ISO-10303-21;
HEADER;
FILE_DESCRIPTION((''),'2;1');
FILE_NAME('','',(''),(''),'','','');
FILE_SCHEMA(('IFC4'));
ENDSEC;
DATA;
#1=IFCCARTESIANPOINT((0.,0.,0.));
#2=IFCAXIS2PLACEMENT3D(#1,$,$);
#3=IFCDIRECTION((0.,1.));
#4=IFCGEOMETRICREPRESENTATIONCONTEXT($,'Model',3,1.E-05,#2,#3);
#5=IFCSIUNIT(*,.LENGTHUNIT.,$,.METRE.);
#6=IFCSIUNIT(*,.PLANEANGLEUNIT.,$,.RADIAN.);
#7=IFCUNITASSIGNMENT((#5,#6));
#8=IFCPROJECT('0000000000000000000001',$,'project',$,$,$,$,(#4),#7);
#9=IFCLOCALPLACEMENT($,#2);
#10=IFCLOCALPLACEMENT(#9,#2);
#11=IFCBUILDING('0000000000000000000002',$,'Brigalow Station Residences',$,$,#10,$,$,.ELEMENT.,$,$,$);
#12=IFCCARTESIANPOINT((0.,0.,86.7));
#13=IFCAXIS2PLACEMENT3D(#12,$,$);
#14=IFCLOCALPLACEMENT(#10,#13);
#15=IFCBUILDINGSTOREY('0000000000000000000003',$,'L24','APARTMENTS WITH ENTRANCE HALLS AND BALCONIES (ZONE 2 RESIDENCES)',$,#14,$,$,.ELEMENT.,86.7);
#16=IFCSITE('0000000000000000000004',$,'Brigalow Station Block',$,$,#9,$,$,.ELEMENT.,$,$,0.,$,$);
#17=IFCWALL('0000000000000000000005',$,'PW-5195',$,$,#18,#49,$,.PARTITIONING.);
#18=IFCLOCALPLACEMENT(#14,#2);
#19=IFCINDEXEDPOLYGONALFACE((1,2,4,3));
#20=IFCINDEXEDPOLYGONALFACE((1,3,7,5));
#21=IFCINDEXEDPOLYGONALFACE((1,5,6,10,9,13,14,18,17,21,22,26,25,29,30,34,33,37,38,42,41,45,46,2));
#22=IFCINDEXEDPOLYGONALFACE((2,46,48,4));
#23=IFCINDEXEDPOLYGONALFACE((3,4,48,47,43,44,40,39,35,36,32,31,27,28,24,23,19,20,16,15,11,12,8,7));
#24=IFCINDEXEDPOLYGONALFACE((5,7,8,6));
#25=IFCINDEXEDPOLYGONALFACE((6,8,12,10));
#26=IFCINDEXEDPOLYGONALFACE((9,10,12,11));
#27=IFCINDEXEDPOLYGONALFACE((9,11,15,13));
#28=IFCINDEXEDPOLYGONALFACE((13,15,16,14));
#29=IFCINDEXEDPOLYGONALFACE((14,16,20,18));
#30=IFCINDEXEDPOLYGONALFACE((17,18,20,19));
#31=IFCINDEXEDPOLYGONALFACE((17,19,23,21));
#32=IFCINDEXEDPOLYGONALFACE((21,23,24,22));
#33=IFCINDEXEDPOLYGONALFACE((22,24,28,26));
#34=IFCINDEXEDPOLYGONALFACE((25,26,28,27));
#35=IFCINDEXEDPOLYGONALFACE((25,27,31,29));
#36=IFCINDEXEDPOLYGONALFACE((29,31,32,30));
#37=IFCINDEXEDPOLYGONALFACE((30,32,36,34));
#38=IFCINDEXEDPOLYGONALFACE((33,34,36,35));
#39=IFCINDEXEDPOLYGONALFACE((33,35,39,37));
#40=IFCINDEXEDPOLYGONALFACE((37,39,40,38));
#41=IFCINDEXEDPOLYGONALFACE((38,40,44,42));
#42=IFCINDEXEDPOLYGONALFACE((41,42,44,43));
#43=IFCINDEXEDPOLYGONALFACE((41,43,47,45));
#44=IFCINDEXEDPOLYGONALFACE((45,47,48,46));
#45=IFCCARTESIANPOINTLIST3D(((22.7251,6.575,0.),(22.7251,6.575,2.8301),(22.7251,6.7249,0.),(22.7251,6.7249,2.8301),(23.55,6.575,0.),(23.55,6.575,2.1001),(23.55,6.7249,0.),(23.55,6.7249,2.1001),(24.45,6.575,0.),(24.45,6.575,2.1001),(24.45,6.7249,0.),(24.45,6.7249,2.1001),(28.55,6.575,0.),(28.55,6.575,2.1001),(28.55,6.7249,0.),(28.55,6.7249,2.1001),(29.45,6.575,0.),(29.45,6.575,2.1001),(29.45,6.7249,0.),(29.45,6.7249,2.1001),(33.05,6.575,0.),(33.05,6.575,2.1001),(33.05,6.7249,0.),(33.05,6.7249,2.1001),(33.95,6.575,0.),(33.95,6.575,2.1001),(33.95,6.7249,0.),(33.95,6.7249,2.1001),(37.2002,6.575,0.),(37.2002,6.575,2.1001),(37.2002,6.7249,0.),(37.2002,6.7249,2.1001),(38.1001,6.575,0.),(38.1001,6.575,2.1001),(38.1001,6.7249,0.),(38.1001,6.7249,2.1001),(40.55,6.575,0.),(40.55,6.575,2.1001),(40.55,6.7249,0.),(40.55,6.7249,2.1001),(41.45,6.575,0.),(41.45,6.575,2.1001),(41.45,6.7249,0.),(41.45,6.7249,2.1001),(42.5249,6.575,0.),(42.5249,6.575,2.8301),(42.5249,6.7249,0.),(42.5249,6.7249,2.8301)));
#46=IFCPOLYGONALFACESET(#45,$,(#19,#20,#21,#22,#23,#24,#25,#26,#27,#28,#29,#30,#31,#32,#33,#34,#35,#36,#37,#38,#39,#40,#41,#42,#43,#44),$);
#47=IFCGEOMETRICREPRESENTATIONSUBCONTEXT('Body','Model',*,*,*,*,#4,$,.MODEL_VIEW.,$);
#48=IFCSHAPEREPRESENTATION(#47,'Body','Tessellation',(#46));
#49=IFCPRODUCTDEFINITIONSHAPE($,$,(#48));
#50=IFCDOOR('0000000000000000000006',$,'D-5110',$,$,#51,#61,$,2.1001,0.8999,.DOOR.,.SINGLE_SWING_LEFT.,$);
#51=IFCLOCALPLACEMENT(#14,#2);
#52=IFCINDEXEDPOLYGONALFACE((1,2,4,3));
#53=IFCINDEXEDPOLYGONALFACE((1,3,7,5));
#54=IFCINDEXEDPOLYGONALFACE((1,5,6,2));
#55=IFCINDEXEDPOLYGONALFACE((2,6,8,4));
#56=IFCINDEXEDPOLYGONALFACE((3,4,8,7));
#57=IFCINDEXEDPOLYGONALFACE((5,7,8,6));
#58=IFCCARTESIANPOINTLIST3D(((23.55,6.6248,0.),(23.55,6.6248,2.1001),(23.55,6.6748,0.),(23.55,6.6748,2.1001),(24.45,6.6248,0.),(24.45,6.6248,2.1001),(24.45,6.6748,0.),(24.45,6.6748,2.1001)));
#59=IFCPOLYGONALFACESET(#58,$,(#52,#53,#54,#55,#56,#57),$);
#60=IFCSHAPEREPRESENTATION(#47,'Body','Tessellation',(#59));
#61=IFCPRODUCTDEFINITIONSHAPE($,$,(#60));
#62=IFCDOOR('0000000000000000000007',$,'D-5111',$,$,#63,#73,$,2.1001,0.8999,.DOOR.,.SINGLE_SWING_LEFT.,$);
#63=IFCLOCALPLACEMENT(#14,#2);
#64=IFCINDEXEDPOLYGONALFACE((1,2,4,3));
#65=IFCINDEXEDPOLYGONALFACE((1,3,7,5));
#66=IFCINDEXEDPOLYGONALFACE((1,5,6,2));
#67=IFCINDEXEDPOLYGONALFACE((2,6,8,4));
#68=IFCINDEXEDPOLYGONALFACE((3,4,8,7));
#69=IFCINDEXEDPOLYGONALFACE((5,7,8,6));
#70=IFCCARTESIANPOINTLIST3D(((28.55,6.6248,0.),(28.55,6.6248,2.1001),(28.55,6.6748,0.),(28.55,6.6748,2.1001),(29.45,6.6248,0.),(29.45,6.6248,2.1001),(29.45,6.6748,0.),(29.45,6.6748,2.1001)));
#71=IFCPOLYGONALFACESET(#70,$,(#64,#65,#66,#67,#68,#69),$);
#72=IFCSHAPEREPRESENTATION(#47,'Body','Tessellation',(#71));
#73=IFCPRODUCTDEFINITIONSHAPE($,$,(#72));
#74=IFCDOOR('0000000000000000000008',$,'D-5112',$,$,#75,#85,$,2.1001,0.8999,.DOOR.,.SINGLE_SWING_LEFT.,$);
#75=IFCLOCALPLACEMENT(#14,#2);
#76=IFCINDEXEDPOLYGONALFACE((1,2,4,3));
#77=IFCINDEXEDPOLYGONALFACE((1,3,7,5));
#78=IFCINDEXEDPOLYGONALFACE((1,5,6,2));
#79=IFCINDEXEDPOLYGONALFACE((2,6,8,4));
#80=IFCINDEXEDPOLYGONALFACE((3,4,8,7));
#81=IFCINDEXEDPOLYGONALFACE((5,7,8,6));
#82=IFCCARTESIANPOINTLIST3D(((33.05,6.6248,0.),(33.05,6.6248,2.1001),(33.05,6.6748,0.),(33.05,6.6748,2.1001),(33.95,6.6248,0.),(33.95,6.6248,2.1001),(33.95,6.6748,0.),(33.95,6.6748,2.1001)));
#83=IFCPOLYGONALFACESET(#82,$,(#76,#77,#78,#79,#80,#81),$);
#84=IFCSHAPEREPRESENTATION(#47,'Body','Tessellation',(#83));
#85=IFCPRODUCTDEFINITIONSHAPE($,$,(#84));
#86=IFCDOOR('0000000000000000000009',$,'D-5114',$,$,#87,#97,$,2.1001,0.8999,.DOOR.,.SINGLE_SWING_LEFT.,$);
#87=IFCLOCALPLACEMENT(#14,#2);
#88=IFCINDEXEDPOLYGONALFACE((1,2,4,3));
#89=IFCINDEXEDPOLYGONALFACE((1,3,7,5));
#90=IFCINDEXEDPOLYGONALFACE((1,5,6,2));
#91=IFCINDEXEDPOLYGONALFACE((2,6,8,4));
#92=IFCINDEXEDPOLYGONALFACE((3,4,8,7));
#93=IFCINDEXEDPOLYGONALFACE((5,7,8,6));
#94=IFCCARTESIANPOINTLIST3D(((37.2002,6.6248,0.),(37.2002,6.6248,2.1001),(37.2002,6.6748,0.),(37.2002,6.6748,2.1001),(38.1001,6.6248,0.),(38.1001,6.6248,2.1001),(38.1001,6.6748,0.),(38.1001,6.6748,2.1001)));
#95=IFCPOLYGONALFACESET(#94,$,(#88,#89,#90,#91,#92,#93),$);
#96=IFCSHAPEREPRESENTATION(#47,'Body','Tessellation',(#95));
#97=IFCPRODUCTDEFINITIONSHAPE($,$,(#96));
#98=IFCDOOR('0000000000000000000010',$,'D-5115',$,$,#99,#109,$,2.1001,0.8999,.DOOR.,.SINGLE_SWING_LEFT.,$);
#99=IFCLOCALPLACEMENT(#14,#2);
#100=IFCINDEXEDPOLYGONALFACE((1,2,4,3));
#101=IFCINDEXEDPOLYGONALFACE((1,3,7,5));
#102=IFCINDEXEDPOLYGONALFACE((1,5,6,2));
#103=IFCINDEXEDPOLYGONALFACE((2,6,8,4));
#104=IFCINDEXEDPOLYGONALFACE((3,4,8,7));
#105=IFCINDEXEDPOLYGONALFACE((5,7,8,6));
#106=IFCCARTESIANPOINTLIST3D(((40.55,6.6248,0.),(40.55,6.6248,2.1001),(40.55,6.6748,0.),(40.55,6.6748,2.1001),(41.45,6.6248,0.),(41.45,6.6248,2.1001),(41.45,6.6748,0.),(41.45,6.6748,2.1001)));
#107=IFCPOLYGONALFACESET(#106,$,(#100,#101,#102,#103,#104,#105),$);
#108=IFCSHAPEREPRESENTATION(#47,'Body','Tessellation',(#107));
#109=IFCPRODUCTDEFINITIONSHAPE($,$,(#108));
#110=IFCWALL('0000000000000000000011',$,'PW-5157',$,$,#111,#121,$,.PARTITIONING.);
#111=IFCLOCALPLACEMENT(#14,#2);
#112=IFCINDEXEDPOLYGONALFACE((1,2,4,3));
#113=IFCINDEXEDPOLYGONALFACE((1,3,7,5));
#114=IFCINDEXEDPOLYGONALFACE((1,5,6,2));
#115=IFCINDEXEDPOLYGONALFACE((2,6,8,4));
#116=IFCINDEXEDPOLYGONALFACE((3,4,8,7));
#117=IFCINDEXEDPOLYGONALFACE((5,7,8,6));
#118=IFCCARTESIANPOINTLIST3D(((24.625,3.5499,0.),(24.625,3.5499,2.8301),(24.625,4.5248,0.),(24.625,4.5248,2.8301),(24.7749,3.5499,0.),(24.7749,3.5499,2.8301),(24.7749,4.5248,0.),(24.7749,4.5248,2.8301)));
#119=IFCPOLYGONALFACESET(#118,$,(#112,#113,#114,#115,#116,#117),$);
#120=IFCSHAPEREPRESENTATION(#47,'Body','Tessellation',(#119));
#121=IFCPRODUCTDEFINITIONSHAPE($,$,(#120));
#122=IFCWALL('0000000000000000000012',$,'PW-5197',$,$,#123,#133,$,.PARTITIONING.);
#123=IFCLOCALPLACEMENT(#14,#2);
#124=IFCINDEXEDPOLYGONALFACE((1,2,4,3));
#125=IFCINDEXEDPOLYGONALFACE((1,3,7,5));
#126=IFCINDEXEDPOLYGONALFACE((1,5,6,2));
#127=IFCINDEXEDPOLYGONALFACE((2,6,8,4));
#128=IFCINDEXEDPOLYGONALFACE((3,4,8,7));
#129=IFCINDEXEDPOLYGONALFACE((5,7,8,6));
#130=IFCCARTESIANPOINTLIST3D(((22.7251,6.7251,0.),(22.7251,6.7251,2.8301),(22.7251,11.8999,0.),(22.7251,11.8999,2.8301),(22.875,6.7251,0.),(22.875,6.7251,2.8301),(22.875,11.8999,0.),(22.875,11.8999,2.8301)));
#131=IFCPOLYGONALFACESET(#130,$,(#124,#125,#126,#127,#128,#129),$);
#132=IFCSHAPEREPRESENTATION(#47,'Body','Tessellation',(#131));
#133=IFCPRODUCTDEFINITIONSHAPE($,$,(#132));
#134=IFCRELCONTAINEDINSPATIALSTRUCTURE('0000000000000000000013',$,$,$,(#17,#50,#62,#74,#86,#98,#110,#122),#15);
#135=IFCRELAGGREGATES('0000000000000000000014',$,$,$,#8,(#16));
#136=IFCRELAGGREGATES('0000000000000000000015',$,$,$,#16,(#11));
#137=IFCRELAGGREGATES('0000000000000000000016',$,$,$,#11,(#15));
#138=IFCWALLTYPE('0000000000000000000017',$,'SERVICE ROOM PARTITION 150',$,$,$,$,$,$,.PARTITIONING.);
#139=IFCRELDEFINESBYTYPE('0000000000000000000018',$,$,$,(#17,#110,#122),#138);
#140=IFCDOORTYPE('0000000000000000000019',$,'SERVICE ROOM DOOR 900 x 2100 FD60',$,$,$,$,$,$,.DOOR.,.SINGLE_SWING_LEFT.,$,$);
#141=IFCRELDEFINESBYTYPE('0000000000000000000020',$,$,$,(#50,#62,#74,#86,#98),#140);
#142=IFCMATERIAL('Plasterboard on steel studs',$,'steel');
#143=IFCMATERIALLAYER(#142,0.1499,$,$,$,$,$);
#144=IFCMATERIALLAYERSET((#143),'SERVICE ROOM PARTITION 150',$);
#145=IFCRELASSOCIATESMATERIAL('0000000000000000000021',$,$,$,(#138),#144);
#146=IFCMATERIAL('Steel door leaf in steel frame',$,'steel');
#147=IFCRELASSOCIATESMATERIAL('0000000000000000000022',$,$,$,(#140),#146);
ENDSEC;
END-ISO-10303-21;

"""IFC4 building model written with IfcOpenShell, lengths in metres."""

from ifc_helpers import new_model, si_unit, direction, frame, frame_2d, origin, place, context, subcontext, project, spatial, rectangle, extrude, material, layer, layer_set, type_object, element, fill, save


model = new_model("IFC4")

# Units and contexts
model_context = context("Model", 3, precision=1e-05, world=origin(), true_north=direction((0.0, 1.0)))
body_context = subcontext(model_context, "Body", "Model", "MODEL_VIEW")
ifc_project = project(units=[si_unit("LENGTHUNIT", "METRE"), si_unit("PLANEANGLEUNIT", "RADIAN")], contexts=[model_context])

# Site, building, storey
site_placement = place(None, origin())
site = spatial("IfcSite", under=ifc_project, at=site_placement, Name="Brigalow Station Block", CompositionType="ELEMENT", RefElevation=0.0)
building_placement = place(site_placement, origin())
building = spatial("IfcBuilding", under=site, at=building_placement, Name="Brigalow Station Residences", CompositionType="ELEMENT")
storey_placement = place(building_placement, frame((0.0, 0.0, 86.7)))
storey = spatial("IfcBuildingStorey", under=building, at=storey_placement, Name="L24", Description="APARTMENTS WITH ENTRANCE HALLS AND BALCONIES (ZONE 2 RESIDENCES)", CompositionType="ELEMENT", Elevation=86.7)

# Shared definitions
ifc_material_1 = material(Name="Plasterboard on steel studs", Category="steel")
ifc_layer_1 = layer(ifc_material_1, 0.1499)
ifc_layer_set_1 = layer_set([ifc_layer_1], Name="SERVICE ROOM PARTITION 150")
wall_type_1 = type_object("IfcWallType", Name="SERVICE ROOM PARTITION 150", PredefinedType="PARTITIONING", material=ifc_layer_set_1)
ifc_material_2 = material(Name="Steel door leaf in steel frame", Category="steel")
door_type_1 = type_object("IfcDoorType", Name="SERVICE ROOM DOOR 900 x 2100 FD60", OperationType="SINGLE_SWING_LEFT", PredefinedType="DOOR", material=ifc_material_2)

# Wall, openings, doors
wall_1_placement = place(storey_placement, frame((22.7251, 6.6499, 0.0), z_axis=(0.0, 0.0, 1.0), x_axis=(1.0, 0.0, 0.0)))
wall_1 = element("IfcWall", 1, at=wall_1_placement, inside=storey, type_object=wall_type_1, Name="PW-5195", PredefinedType="PARTITIONING", context=body_context, shape_type="SweptSolid", body=[
    extrude(rectangle(XDim=19.7998, YDim=0.1499, at=frame_2d((9.8999, 0.0))), origin(), (0.0, 0.0, 1.0), 2.8301),
])
opening_1_placement = place(wall_1_placement, frame((0.825, 0.0, 0.0)))
opening_1 = element("IfcOpeningElement", 2, at=opening_1_placement, cuts=wall_1, PredefinedType="OPENING", context=body_context, shape_type="SweptSolid", body=[
    extrude(rectangle(XDim=0.8999, YDim=2.1001, at=frame_2d((0.45, 1.05))), frame((0.0, 0.085, 0.0), z_axis=(0.0, -1.0, 0.0), x_axis=(1.0, 0.0, 0.0)), (0.0, 0.0, 1.0), 0.1699),
])
opening_2_placement = place(wall_1_placement, frame((5.825, 0.0, 0.0)))
opening_2 = element("IfcOpeningElement", 3, at=opening_2_placement, cuts=wall_1, PredefinedType="OPENING", context=body_context, shape_type="SweptSolid", body=[
    extrude(rectangle(XDim=0.8999, YDim=2.1001, at=frame_2d((0.45, 1.05))), frame((0.0, 0.085, 0.0), z_axis=(0.0, -1.0, 0.0), x_axis=(1.0, 0.0, 0.0)), (0.0, 0.0, 1.0), 0.1699),
])
opening_3_placement = place(wall_1_placement, frame((10.325, 0.0, 0.0)))
opening_3 = element("IfcOpeningElement", 4, at=opening_3_placement, cuts=wall_1, PredefinedType="OPENING", context=body_context, shape_type="SweptSolid", body=[
    extrude(rectangle(XDim=0.8999, YDim=2.1001, at=frame_2d((0.45, 1.05))), frame((0.0, 0.085, 0.0), z_axis=(0.0, -1.0, 0.0), x_axis=(1.0, 0.0, 0.0)), (0.0, 0.0, 1.0), 0.1699),
])
opening_4_placement = place(wall_1_placement, frame((14.4751, 0.0, 0.0)))
opening_4 = element("IfcOpeningElement", 5, at=opening_4_placement, cuts=wall_1, PredefinedType="OPENING", context=body_context, shape_type="SweptSolid", body=[
    extrude(rectangle(XDim=0.8999, YDim=2.1001, at=frame_2d((0.45, 1.05))), frame((0.0, 0.085, 0.0), z_axis=(0.0, -1.0, 0.0), x_axis=(1.0, 0.0, 0.0)), (0.0, 0.0, 1.0), 0.1699),
])
opening_5_placement = place(wall_1_placement, frame((17.825, 0.0, 0.0)))
opening_5 = element("IfcOpeningElement", 6, at=opening_5_placement, cuts=wall_1, PredefinedType="OPENING", context=body_context, shape_type="SweptSolid", body=[
    extrude(rectangle(XDim=0.8999, YDim=2.1001, at=frame_2d((0.45, 1.05))), frame((0.0, 0.085, 0.0), z_axis=(0.0, -1.0, 0.0), x_axis=(1.0, 0.0, 0.0)), (0.0, 0.0, 1.0), 0.1699),
])
door_1_placement = place(opening_1_placement, origin())
door_1 = element("IfcDoor", 7, at=door_1_placement, inside=storey, type_object=door_type_1, Name="D-5110", OperationType="SINGLE_SWING_LEFT", OverallHeight=2.1001, OverallWidth=0.8999, PredefinedType="DOOR", context=body_context, shape_type="SweptSolid", body=[
    extrude(rectangle(XDim=0.8999, YDim=2.1001, at=frame_2d((0.45, 1.05))), frame((0.0, 0.0249, 0.0), z_axis=(0.0, -1.0, 0.0), x_axis=(1.0, 0.0, 0.0)), (0.0, 0.0, 1.0), 0.05),
])
fill(opening_1, door_1)
door_2_placement = place(opening_2_placement, origin())
door_2 = element("IfcDoor", 8, at=door_2_placement, inside=storey, type_object=door_type_1, Name="D-5111", OperationType="SINGLE_SWING_LEFT", OverallHeight=2.1001, OverallWidth=0.8999, PredefinedType="DOOR", context=body_context, shape_type="SweptSolid", body=[
    extrude(rectangle(XDim=0.8999, YDim=2.1001, at=frame_2d((0.45, 1.05))), frame((0.0, 0.0249, 0.0), z_axis=(0.0, -1.0, 0.0), x_axis=(1.0, 0.0, 0.0)), (0.0, 0.0, 1.0), 0.05),
])
fill(opening_2, door_2)
door_3_placement = place(opening_3_placement, origin())
door_3 = element("IfcDoor", 9, at=door_3_placement, inside=storey, type_object=door_type_1, Name="D-5112", OperationType="SINGLE_SWING_LEFT", OverallHeight=2.1001, OverallWidth=0.8999, PredefinedType="DOOR", context=body_context, shape_type="SweptSolid", body=[
    extrude(rectangle(XDim=0.8999, YDim=2.1001, at=frame_2d((0.45, 1.05))), frame((0.0, 0.0249, 0.0), z_axis=(0.0, -1.0, 0.0), x_axis=(1.0, 0.0, 0.0)), (0.0, 0.0, 1.0), 0.05),
])
fill(opening_3, door_3)
door_4_placement = place(opening_4_placement, origin())
door_4 = element("IfcDoor", 10, at=door_4_placement, inside=storey, type_object=door_type_1, Name="D-5114", OperationType="SINGLE_SWING_LEFT", OverallHeight=2.1001, OverallWidth=0.8999, PredefinedType="DOOR", context=body_context, shape_type="SweptSolid", body=[
    extrude(rectangle(XDim=0.8999, YDim=2.1001, at=frame_2d((0.45, 1.05))), frame((0.0, 0.0249, 0.0), z_axis=(0.0, -1.0, 0.0), x_axis=(1.0, 0.0, 0.0)), (0.0, 0.0, 1.0), 0.05),
])
fill(opening_4, door_4)
door_5_placement = place(opening_5_placement, origin())
door_5 = element("IfcDoor", 11, at=door_5_placement, inside=storey, type_object=door_type_1, Name="D-5115", OperationType="SINGLE_SWING_LEFT", OverallHeight=2.1001, OverallWidth=0.8999, PredefinedType="DOOR", context=body_context, shape_type="SweptSolid", body=[
    extrude(rectangle(XDim=0.8999, YDim=2.1001, at=frame_2d((0.45, 1.05))), frame((0.0, 0.0249, 0.0), z_axis=(0.0, -1.0, 0.0), x_axis=(1.0, 0.0, 0.0)), (0.0, 0.0, 1.0), 0.05),
])
fill(opening_5, door_5)

# Walls
wall_2_placement = place(storey_placement, frame((24.7, 3.55, 0.0), z_axis=(0.0, 0.0, 1.0), x_axis=(0.0, 1.0, 0.0)))
element("IfcWall", 12, at=wall_2_placement, inside=storey, type_object=wall_type_1, Name="PW-5157", PredefinedType="PARTITIONING", context=body_context, shape_type="SweptSolid", body=[
    extrude(rectangle(XDim=0.9749, YDim=0.1499, at=frame_2d((0.4873, 0.0))), origin(), (0.0, 0.0, 1.0), 2.8301),
])
wall_3_placement = place(storey_placement, frame((22.8, 6.7251, 0.0), z_axis=(0.0, 0.0, 1.0), x_axis=(0.0, 1.0, 0.0)))
element("IfcWall", 13, at=wall_3_placement, inside=storey, type_object=wall_type_1, Name="PW-5197", PredefinedType="PARTITIONING", context=body_context, shape_type="SweptSolid", body=[
    extrude(rectangle(XDim=5.1748, YDim=0.1499, at=frame_2d((2.5874, 0.0))), origin(), (0.0, 0.0, 1.0), 2.8301),
])

save(model, "model.ifc")
